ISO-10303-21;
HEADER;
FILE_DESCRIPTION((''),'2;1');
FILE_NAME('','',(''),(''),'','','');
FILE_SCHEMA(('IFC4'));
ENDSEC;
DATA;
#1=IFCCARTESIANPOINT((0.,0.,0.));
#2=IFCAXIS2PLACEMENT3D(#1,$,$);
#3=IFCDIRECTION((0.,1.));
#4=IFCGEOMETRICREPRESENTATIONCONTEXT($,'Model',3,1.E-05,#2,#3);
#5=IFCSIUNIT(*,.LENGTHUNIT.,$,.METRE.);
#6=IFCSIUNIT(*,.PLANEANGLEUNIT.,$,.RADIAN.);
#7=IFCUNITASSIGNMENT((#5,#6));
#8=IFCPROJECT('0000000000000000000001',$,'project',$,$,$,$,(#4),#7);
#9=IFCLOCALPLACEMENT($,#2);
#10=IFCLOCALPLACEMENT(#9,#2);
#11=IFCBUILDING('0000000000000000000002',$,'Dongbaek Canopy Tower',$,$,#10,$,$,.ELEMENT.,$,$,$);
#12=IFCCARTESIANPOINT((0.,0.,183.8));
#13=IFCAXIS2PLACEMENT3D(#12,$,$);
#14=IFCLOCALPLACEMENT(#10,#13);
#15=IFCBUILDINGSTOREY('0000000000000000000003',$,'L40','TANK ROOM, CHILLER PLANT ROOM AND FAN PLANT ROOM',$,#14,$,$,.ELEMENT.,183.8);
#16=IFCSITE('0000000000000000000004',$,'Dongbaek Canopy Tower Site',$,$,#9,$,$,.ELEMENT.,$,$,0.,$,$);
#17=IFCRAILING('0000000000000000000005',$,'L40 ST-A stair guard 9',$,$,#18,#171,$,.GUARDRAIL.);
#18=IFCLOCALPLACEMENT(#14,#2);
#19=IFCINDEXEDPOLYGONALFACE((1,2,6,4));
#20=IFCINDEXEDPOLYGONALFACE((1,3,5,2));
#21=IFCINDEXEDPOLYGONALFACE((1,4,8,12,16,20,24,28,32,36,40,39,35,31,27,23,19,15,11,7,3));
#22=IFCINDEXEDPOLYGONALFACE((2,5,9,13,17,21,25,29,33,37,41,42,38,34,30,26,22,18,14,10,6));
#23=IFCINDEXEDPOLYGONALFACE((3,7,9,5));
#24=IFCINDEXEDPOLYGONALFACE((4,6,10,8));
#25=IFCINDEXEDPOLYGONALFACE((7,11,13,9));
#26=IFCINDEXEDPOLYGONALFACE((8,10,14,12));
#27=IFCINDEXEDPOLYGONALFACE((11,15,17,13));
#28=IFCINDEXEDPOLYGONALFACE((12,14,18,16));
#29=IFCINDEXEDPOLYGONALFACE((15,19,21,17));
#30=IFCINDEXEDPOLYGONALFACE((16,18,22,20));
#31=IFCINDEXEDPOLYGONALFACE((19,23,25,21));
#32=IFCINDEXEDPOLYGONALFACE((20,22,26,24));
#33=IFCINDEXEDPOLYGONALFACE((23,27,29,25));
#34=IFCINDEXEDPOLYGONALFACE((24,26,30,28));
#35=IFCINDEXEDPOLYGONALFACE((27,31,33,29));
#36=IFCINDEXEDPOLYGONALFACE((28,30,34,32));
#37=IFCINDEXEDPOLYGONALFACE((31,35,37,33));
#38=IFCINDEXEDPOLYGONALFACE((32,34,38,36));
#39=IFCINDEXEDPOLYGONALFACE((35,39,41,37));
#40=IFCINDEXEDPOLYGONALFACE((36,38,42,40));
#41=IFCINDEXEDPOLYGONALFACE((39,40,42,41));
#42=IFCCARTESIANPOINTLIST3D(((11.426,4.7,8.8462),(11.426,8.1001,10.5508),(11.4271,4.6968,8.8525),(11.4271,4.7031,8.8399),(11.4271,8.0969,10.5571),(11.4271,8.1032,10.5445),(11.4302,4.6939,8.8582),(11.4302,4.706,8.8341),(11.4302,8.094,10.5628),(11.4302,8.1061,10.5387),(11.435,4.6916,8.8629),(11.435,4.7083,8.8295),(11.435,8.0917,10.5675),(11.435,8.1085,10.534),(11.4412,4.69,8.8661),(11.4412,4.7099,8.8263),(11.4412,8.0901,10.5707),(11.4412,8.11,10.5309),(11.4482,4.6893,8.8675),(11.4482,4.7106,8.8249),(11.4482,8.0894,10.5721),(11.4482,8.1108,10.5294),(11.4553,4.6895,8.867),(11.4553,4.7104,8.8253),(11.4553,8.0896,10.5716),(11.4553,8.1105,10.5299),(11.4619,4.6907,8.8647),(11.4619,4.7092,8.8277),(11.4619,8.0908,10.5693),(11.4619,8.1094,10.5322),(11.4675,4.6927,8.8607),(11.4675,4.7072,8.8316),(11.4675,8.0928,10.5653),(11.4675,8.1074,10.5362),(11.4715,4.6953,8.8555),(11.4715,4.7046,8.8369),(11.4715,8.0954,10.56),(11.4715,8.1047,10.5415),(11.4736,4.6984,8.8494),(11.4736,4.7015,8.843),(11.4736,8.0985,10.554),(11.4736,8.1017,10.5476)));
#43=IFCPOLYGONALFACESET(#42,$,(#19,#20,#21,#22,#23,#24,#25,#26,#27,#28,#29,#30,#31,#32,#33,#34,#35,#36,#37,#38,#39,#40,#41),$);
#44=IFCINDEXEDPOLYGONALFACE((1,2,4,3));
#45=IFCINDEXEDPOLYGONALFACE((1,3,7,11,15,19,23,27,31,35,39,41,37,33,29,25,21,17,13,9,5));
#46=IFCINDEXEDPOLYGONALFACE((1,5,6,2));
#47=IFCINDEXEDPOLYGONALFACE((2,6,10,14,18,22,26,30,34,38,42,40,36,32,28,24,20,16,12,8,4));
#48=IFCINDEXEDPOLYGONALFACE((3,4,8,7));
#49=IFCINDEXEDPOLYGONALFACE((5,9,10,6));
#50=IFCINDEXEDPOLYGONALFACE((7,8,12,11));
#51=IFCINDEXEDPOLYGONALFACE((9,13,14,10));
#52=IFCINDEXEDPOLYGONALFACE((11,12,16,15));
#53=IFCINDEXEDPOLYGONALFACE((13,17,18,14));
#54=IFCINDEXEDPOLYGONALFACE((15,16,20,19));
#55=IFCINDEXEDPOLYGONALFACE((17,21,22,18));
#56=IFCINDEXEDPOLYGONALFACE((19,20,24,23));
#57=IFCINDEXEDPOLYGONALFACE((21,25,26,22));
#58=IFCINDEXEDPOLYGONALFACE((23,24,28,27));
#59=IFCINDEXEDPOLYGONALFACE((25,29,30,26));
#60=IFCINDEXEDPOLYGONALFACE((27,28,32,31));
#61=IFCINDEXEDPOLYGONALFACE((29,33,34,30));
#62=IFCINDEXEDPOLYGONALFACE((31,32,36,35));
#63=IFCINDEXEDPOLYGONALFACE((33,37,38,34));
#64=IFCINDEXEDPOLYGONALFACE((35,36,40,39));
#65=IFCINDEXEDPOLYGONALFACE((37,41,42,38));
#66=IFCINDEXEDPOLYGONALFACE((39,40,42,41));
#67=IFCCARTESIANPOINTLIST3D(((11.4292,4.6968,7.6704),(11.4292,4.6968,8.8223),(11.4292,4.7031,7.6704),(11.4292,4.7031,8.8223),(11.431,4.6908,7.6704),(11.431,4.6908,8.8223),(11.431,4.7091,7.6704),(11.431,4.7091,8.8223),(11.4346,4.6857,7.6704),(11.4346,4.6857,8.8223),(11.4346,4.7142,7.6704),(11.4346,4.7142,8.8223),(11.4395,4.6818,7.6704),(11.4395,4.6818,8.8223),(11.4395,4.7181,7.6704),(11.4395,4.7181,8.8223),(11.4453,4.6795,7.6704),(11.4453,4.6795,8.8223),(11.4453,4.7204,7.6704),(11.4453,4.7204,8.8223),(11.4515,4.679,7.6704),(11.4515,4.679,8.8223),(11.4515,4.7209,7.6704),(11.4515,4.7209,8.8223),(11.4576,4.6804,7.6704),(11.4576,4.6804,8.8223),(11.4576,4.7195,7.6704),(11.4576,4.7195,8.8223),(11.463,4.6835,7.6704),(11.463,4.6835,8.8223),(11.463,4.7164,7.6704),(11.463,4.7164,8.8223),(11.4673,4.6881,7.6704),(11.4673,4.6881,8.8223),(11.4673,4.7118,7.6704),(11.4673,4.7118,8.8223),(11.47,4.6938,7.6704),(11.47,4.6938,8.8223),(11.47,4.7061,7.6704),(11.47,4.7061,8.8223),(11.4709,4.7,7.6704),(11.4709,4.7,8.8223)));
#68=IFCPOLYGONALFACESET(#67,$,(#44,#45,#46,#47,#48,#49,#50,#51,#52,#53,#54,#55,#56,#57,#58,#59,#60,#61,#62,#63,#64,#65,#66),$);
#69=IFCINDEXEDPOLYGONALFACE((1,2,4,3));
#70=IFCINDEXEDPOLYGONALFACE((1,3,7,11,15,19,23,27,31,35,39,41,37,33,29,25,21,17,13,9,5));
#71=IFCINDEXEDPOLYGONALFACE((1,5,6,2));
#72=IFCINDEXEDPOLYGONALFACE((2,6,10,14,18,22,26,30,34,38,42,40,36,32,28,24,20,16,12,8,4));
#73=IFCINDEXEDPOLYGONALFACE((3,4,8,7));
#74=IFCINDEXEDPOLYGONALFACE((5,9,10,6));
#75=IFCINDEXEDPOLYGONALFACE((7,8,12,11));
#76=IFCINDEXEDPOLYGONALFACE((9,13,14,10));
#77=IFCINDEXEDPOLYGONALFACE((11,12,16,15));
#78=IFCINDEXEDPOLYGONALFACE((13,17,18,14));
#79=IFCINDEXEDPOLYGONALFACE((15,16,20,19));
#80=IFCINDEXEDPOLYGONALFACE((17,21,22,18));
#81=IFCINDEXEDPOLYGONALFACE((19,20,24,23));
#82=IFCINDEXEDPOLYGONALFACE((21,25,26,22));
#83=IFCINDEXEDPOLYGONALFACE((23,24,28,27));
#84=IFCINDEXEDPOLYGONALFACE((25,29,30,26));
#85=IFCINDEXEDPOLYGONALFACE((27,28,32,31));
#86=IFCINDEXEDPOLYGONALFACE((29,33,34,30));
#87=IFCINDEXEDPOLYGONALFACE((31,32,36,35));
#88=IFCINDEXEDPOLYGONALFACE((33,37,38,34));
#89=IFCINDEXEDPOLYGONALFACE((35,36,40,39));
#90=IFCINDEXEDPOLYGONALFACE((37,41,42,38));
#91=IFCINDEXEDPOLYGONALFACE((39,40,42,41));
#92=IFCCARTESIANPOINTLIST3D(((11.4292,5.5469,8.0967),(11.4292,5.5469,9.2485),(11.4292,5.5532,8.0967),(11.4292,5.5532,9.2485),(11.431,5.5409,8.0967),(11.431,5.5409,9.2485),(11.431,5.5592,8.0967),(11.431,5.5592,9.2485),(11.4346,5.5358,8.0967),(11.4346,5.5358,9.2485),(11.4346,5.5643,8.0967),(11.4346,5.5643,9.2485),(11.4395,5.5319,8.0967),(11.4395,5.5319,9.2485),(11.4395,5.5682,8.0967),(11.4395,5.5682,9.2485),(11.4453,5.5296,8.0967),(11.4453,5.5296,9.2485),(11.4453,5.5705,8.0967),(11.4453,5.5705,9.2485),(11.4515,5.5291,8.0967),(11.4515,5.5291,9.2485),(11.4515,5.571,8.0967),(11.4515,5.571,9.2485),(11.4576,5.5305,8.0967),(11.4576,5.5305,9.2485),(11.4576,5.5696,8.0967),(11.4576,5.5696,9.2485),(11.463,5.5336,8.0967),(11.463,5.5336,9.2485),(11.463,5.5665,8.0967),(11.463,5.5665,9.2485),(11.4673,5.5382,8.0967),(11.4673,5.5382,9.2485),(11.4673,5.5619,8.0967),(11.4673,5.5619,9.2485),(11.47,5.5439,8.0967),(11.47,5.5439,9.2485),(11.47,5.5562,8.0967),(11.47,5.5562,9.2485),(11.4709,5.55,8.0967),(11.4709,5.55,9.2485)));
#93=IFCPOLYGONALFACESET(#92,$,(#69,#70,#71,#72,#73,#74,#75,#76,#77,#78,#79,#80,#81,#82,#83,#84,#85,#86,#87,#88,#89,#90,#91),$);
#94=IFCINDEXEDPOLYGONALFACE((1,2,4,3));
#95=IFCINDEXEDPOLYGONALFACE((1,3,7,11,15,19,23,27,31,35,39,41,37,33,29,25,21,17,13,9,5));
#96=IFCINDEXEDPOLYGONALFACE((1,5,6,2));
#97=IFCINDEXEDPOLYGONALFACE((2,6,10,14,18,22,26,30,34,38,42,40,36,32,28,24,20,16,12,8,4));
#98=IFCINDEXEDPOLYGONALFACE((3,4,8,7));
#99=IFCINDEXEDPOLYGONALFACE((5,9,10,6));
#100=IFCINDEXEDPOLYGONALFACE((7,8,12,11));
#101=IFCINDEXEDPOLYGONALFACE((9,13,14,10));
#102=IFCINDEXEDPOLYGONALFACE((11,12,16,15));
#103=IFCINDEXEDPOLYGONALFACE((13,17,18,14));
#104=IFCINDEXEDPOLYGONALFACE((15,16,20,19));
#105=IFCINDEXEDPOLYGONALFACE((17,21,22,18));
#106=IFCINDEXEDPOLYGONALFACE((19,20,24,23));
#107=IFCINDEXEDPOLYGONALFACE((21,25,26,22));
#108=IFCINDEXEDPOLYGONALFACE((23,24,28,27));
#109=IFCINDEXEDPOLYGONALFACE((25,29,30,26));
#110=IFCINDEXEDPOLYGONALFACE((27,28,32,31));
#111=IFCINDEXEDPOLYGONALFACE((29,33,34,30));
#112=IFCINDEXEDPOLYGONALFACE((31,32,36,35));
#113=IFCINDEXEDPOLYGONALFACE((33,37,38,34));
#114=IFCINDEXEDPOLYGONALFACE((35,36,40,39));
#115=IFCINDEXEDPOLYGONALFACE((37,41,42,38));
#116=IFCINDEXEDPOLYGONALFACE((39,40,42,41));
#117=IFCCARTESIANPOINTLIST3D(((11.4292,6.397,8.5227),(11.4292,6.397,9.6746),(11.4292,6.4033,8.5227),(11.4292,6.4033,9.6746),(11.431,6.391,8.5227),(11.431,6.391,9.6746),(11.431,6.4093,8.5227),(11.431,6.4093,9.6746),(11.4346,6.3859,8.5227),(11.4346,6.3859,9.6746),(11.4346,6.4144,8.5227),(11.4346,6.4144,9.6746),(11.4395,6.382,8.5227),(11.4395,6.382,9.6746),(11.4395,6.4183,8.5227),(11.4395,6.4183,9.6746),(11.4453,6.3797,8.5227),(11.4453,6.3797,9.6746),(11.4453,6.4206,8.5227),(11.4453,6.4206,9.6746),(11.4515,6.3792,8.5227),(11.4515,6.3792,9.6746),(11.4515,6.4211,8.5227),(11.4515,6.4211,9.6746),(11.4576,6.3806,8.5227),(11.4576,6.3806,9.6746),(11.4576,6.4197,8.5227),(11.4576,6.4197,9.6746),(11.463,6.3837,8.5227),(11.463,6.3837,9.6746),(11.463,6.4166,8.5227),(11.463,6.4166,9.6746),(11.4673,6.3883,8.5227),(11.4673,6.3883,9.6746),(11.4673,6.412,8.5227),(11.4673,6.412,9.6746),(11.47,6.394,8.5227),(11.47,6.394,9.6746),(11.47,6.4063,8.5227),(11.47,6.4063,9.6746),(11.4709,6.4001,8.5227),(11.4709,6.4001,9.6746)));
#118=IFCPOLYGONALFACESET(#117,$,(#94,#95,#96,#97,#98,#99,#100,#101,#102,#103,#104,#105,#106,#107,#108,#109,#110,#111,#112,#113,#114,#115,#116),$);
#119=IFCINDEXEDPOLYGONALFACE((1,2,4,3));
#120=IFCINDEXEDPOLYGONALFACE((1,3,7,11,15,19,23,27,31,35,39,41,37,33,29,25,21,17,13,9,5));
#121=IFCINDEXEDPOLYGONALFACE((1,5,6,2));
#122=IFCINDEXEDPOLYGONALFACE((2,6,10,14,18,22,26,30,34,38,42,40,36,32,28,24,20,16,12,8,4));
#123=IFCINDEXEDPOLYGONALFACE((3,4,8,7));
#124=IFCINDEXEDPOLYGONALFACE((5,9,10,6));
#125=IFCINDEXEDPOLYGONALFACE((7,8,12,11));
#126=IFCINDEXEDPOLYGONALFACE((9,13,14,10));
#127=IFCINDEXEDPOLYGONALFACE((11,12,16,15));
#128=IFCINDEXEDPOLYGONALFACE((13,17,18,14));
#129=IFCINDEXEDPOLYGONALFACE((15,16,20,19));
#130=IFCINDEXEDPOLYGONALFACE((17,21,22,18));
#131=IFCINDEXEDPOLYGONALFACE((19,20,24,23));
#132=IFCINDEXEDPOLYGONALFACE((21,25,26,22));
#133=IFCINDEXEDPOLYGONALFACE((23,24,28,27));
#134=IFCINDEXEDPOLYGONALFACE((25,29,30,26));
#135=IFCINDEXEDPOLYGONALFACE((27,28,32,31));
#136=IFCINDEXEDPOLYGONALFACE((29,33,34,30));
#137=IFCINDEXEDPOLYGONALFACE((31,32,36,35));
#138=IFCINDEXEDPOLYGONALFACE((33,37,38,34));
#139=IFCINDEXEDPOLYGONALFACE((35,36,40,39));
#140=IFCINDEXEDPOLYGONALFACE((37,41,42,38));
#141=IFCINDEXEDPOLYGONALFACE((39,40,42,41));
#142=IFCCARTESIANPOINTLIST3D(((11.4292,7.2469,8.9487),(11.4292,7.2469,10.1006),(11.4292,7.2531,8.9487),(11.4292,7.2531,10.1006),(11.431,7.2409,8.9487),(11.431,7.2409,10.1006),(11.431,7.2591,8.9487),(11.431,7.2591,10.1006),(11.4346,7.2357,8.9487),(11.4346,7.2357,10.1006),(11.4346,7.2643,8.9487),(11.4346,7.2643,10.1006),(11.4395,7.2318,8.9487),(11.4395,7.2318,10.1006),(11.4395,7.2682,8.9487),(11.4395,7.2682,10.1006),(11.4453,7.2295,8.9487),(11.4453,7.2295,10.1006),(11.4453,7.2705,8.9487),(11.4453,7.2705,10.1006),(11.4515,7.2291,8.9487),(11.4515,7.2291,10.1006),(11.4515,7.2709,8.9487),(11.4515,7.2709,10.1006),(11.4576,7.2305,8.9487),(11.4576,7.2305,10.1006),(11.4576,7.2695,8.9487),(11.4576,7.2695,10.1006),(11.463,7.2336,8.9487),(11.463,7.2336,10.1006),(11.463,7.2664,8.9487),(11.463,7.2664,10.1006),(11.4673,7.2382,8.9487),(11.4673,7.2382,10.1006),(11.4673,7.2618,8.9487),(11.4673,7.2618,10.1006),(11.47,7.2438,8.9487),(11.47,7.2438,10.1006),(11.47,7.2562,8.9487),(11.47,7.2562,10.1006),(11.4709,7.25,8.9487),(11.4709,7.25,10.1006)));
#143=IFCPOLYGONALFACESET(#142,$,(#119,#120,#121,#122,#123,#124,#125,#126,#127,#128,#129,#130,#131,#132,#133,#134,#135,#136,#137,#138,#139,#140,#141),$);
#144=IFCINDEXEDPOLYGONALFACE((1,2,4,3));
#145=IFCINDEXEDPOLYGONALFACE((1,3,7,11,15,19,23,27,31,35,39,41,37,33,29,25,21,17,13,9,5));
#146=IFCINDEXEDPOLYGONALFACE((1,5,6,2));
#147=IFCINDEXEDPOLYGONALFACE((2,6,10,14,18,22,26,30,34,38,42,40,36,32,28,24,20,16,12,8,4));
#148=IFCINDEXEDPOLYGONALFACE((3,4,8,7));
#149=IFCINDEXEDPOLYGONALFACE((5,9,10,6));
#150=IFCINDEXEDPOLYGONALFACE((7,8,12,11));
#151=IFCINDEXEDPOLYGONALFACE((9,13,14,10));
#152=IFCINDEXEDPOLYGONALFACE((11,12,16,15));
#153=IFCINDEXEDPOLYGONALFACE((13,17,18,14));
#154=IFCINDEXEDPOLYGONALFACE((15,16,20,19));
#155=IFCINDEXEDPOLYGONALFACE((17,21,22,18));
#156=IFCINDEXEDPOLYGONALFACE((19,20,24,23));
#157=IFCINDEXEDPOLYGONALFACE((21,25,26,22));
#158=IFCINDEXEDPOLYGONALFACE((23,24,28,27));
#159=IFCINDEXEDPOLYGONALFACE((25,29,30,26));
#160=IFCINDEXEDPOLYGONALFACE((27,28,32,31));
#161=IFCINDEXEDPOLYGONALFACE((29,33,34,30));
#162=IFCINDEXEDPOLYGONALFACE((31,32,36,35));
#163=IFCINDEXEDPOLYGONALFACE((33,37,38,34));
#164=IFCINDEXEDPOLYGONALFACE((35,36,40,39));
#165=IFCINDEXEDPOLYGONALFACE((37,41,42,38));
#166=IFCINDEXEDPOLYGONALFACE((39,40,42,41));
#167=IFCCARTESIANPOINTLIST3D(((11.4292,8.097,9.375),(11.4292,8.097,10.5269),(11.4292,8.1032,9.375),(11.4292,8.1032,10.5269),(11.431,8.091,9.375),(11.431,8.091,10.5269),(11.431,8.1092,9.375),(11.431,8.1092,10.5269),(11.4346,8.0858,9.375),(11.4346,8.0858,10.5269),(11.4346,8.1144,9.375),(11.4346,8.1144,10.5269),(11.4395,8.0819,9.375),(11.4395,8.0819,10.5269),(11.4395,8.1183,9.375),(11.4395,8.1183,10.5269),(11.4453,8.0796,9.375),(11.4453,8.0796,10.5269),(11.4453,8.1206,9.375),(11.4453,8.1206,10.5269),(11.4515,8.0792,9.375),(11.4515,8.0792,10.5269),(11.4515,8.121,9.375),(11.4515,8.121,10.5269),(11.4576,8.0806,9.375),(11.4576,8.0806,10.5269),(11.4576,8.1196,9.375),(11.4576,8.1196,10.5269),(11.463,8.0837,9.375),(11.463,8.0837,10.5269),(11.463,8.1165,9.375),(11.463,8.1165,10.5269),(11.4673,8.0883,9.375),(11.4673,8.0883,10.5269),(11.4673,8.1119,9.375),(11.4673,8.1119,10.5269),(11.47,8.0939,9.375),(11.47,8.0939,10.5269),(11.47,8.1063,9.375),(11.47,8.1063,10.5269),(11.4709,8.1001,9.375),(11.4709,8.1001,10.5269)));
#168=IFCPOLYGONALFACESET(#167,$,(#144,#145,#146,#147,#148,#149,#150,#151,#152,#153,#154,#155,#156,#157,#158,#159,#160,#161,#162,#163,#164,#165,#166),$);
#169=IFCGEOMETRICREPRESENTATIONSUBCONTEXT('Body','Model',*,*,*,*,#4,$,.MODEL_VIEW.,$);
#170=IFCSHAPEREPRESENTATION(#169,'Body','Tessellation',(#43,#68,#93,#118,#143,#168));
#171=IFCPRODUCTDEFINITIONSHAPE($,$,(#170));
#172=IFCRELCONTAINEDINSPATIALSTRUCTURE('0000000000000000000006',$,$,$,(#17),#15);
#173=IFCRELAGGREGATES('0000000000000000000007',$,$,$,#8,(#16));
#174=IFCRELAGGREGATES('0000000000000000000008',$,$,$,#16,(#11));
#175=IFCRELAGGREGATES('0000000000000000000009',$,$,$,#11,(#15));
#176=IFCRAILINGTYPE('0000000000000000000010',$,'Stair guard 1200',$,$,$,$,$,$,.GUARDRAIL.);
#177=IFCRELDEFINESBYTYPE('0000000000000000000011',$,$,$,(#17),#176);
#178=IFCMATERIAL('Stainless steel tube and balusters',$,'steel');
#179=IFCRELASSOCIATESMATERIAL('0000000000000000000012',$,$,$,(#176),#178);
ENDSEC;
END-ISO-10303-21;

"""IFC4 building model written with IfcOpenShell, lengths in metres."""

from ifc_helpers import new_model, si_unit, direction, frame, origin, origin_2d, place, context, subcontext, project, spatial, circle, extrude, material, type_object, element, save


model = new_model("IFC4")

# Units and contexts
model_context = context("Model", 3, precision=1e-05, world=origin(), true_north=direction((0.0, 1.0)))
body_context = subcontext(model_context, "Body", "Model", "MODEL_VIEW")
ifc_project = project(units=[si_unit("LENGTHUNIT", "METRE"), si_unit("PLANEANGLEUNIT", "RADIAN")], contexts=[model_context])

# Site, building, storey
site_placement = place(None, origin())
site = spatial("IfcSite", under=ifc_project, at=site_placement, Name="Dongbaek Canopy Tower Site", CompositionType="ELEMENT", RefElevation=0.0)
building_placement = place(site_placement, origin())
building = spatial("IfcBuilding", under=site, at=building_placement, Name="Dongbaek Canopy Tower", CompositionType="ELEMENT")
storey_placement = place(building_placement, frame((0.0, 0.0, 183.8)))
storey = spatial("IfcBuildingStorey", under=building, at=storey_placement, Name="L40", Description="TANK ROOM, CHILLER PLANT ROOM AND FAN PLANT ROOM", CompositionType="ELEMENT", Elevation=183.8)

# Railing
ifc_material_1 = material(Name="Stainless steel tube and balusters", Category="steel")
railing_type_1 = type_object("IfcRailingType", Name="Stair guard 1200", PredefinedType="GUARDRAIL", material=ifc_material_1)
railing_1_placement = place(storey_placement, frame((11.45, 4.7, 7.6704)))
element("IfcRailing", 1, at=railing_1_placement, inside=storey, type_object=railing_type_1, Name="L40 ST-A stair guard 9", PredefinedType="GUARDRAIL", context=body_context, shape_type="SweptSolid", body=[
    extrude(circle(Radius=0.0239, at=origin_2d()), frame((0.0, 0.0, 1.1758), z_axis=(0.0, 0.893952, 0.448163), x_axis=(-1.0, 0.0, 0.0)), (0.0, 0.0, 1.0), 3.8035),
    extrude(circle(Radius=0.021, at=origin_2d()), origin(), (0.0, 0.0, 1.0), 1.1519),
    extrude(circle(Radius=0.021, at=origin_2d()), frame((0.0, 0.8501, 0.4263)), (0.0, 0.0, 1.0), 1.1519),
    extrude(circle(Radius=0.021, at=origin_2d()), frame((0.0, 1.7002, 0.8523)), (0.0, 0.0, 1.0), 1.1519),
    extrude(circle(Radius=0.021, at=origin_2d()), frame((0.0, 2.55, 1.2783)), (0.0, 0.0, 1.0), 1.1519),
    extrude(circle(Radius=0.021, at=origin_2d()), frame((0.0, 3.4001, 1.7046)), (0.0, 0.0, 1.0), 1.1519),
])

save(model, "model.ifc")
